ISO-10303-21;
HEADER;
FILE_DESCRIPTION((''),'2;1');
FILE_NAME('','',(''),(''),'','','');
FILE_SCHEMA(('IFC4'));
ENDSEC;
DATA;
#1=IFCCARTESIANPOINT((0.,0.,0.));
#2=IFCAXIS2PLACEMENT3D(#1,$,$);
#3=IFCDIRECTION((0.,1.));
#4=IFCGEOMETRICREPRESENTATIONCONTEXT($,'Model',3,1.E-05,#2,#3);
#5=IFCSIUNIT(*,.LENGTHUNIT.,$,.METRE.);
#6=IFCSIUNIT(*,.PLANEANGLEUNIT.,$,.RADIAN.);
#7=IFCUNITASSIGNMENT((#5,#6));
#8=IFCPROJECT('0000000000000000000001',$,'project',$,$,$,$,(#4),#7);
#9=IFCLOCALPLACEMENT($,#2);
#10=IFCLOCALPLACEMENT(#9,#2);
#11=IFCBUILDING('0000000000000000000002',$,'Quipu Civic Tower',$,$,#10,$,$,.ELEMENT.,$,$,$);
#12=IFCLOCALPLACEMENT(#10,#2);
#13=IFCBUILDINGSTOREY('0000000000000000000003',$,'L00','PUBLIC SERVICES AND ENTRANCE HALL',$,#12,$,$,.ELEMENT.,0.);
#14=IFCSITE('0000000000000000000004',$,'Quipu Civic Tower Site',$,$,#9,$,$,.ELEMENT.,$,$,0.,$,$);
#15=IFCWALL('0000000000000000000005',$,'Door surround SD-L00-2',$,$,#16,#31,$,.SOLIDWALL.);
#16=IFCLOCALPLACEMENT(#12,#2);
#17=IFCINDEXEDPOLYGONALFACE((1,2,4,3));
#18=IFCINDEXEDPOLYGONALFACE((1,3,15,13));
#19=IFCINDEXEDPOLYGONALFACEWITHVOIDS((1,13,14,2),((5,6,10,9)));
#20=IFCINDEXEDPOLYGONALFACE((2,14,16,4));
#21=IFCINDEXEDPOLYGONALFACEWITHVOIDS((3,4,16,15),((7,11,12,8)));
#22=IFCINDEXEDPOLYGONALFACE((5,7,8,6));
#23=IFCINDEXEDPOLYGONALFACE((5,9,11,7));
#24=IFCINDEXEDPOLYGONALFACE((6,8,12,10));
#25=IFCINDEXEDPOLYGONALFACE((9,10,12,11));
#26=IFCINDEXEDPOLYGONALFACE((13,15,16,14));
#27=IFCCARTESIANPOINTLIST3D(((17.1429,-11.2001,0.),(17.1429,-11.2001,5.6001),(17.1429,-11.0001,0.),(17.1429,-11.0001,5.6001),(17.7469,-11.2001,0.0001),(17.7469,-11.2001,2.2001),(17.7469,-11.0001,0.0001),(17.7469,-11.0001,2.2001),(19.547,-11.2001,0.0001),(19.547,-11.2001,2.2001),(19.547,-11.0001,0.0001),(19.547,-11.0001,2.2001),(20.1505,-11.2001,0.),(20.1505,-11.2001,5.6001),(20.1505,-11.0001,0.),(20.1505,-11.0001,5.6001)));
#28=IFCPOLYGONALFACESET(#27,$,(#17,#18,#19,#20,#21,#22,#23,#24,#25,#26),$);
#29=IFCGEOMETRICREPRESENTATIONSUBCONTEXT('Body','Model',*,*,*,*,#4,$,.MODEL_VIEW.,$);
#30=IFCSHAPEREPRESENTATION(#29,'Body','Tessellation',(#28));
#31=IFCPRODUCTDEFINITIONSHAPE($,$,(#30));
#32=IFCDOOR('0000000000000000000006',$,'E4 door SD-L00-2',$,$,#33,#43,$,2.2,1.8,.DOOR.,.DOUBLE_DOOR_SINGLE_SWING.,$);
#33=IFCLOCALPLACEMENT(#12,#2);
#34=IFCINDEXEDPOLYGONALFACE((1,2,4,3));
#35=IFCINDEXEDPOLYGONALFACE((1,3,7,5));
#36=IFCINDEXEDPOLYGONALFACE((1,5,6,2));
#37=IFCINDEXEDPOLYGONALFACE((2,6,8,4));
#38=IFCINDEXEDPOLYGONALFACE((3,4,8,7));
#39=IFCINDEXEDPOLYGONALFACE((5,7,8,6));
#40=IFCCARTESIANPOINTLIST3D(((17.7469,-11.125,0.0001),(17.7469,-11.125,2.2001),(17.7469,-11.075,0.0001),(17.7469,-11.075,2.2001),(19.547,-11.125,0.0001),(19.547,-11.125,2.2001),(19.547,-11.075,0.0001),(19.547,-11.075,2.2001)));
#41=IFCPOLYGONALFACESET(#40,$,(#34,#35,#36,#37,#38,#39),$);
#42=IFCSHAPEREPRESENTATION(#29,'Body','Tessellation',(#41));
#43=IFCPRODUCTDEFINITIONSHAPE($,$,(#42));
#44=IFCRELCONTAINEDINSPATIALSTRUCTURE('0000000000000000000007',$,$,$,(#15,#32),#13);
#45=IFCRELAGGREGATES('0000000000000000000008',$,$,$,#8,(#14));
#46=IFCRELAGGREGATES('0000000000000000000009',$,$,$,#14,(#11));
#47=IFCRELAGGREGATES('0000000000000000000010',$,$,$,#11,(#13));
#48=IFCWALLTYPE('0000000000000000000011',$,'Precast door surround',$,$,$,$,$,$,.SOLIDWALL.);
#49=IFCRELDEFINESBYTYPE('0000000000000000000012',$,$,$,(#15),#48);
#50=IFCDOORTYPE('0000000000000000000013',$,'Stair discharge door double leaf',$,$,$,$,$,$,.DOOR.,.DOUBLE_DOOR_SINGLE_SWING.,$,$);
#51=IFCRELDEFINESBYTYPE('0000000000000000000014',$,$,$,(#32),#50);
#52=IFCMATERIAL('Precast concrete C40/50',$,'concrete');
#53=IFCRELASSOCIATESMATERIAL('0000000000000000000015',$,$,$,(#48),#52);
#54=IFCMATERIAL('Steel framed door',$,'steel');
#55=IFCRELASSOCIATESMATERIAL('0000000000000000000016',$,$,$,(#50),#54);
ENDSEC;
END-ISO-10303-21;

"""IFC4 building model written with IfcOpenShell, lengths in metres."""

from ifc_helpers import new_model, si_unit, direction, frame, frame_2d, origin, place, context, subcontext, project, spatial, rectangle, extrude, material, type_object, element, fill, save


model = new_model("IFC4")

# Units and contexts
model_context = context("Model", 3, precision=1e-05, world=origin(), true_north=direction((0.0, 1.0)))
body_context = subcontext(model_context, "Body", "Model", "MODEL_VIEW")
ifc_project = project(units=[si_unit("LENGTHUNIT", "METRE"), si_unit("PLANEANGLEUNIT", "RADIAN")], contexts=[model_context])

# Site, building, storey
site_placement = place(None, origin())
site = spatial("IfcSite", under=ifc_project, at=site_placement, Name="Quipu Civic Tower Site", CompositionType="ELEMENT", RefElevation=0.0)
building_placement = place(site_placement, origin())
building = spatial("IfcBuilding", under=site, at=building_placement, Name="Quipu Civic Tower", CompositionType="ELEMENT")
storey_placement = place(building_placement, origin())
storey = spatial("IfcBuildingStorey", under=building, at=storey_placement, Name="L00", Description="PUBLIC SERVICES AND ENTRANCE HALL", CompositionType="ELEMENT", Elevation=0.0)

# Wall, opening, door
ifc_material_1 = material(Name="Precast concrete C40/50", Category="concrete")
wall_type_1 = type_object("IfcWallType", Name="Precast door surround", PredefinedType="SOLIDWALL", material=ifc_material_1)
wall_1_placement = place(storey_placement, frame((20.1506, -11.1001, 0.0), z_axis=(0.0, 0.0, 1.0), x_axis=(-1.0, 0.0, 0.0)))
wall_1 = element("IfcWall", 1, at=wall_1_placement, inside=storey, type_object=wall_type_1, Name="Door surround SD-L00-2", PredefinedType="SOLIDWALL", context=body_context, shape_type="SweptSolid", body=[
    extrude(rectangle(XDim=3.0076, YDim=0.2, at=frame_2d((1.5039, 0.0))), origin(), (0.0, 0.0, 1.0), 5.6001),
])
opening_placement = place(wall_1_placement, frame((0.6038, 0.0, 0.0)))
opening = element("IfcOpeningElement", 2, at=opening_placement, cuts=wall_1, PredefinedType="OPENING", context=body_context, shape_type="SweptSolid", body=[
    extrude(rectangle(XDim=1.8, YDim=2.2, at=frame_2d((0.8999, 1.1001))), frame((0.0, 0.1099, 0.0), z_axis=(0.0, -1.0, 0.0), x_axis=(1.0, 0.0, 0.0)), (0.0, 0.0, 1.0), 0.22),
])
ifc_material_2 = material(Name="Steel framed door", Category="steel")
door_type = type_object("IfcDoorType", Name="Stair discharge door double leaf", OperationType="DOUBLE_DOOR_SINGLE_SWING", PredefinedType="DOOR", material=ifc_material_2)
door_placement = place(opening_placement, origin())
door = element("IfcDoor", 3, at=door_placement, inside=storey, type_object=door_type, Name="E4 door SD-L00-2", OperationType="DOUBLE_DOOR_SINGLE_SWING", OverallHeight=2.2, OverallWidth=1.8, PredefinedType="DOOR", context=body_context, shape_type="SweptSolid", body=[
    extrude(rectangle(XDim=1.8, YDim=2.2, at=frame_2d((0.8999, 1.1001))), frame((0.0, 0.0249, 0.0), z_axis=(0.0, -1.0, 0.0), x_axis=(1.0, 0.0, 0.0)), (0.0, 0.0, 1.0), 0.05),
])
fill(opening, door)

save(model, "model.ifc")
